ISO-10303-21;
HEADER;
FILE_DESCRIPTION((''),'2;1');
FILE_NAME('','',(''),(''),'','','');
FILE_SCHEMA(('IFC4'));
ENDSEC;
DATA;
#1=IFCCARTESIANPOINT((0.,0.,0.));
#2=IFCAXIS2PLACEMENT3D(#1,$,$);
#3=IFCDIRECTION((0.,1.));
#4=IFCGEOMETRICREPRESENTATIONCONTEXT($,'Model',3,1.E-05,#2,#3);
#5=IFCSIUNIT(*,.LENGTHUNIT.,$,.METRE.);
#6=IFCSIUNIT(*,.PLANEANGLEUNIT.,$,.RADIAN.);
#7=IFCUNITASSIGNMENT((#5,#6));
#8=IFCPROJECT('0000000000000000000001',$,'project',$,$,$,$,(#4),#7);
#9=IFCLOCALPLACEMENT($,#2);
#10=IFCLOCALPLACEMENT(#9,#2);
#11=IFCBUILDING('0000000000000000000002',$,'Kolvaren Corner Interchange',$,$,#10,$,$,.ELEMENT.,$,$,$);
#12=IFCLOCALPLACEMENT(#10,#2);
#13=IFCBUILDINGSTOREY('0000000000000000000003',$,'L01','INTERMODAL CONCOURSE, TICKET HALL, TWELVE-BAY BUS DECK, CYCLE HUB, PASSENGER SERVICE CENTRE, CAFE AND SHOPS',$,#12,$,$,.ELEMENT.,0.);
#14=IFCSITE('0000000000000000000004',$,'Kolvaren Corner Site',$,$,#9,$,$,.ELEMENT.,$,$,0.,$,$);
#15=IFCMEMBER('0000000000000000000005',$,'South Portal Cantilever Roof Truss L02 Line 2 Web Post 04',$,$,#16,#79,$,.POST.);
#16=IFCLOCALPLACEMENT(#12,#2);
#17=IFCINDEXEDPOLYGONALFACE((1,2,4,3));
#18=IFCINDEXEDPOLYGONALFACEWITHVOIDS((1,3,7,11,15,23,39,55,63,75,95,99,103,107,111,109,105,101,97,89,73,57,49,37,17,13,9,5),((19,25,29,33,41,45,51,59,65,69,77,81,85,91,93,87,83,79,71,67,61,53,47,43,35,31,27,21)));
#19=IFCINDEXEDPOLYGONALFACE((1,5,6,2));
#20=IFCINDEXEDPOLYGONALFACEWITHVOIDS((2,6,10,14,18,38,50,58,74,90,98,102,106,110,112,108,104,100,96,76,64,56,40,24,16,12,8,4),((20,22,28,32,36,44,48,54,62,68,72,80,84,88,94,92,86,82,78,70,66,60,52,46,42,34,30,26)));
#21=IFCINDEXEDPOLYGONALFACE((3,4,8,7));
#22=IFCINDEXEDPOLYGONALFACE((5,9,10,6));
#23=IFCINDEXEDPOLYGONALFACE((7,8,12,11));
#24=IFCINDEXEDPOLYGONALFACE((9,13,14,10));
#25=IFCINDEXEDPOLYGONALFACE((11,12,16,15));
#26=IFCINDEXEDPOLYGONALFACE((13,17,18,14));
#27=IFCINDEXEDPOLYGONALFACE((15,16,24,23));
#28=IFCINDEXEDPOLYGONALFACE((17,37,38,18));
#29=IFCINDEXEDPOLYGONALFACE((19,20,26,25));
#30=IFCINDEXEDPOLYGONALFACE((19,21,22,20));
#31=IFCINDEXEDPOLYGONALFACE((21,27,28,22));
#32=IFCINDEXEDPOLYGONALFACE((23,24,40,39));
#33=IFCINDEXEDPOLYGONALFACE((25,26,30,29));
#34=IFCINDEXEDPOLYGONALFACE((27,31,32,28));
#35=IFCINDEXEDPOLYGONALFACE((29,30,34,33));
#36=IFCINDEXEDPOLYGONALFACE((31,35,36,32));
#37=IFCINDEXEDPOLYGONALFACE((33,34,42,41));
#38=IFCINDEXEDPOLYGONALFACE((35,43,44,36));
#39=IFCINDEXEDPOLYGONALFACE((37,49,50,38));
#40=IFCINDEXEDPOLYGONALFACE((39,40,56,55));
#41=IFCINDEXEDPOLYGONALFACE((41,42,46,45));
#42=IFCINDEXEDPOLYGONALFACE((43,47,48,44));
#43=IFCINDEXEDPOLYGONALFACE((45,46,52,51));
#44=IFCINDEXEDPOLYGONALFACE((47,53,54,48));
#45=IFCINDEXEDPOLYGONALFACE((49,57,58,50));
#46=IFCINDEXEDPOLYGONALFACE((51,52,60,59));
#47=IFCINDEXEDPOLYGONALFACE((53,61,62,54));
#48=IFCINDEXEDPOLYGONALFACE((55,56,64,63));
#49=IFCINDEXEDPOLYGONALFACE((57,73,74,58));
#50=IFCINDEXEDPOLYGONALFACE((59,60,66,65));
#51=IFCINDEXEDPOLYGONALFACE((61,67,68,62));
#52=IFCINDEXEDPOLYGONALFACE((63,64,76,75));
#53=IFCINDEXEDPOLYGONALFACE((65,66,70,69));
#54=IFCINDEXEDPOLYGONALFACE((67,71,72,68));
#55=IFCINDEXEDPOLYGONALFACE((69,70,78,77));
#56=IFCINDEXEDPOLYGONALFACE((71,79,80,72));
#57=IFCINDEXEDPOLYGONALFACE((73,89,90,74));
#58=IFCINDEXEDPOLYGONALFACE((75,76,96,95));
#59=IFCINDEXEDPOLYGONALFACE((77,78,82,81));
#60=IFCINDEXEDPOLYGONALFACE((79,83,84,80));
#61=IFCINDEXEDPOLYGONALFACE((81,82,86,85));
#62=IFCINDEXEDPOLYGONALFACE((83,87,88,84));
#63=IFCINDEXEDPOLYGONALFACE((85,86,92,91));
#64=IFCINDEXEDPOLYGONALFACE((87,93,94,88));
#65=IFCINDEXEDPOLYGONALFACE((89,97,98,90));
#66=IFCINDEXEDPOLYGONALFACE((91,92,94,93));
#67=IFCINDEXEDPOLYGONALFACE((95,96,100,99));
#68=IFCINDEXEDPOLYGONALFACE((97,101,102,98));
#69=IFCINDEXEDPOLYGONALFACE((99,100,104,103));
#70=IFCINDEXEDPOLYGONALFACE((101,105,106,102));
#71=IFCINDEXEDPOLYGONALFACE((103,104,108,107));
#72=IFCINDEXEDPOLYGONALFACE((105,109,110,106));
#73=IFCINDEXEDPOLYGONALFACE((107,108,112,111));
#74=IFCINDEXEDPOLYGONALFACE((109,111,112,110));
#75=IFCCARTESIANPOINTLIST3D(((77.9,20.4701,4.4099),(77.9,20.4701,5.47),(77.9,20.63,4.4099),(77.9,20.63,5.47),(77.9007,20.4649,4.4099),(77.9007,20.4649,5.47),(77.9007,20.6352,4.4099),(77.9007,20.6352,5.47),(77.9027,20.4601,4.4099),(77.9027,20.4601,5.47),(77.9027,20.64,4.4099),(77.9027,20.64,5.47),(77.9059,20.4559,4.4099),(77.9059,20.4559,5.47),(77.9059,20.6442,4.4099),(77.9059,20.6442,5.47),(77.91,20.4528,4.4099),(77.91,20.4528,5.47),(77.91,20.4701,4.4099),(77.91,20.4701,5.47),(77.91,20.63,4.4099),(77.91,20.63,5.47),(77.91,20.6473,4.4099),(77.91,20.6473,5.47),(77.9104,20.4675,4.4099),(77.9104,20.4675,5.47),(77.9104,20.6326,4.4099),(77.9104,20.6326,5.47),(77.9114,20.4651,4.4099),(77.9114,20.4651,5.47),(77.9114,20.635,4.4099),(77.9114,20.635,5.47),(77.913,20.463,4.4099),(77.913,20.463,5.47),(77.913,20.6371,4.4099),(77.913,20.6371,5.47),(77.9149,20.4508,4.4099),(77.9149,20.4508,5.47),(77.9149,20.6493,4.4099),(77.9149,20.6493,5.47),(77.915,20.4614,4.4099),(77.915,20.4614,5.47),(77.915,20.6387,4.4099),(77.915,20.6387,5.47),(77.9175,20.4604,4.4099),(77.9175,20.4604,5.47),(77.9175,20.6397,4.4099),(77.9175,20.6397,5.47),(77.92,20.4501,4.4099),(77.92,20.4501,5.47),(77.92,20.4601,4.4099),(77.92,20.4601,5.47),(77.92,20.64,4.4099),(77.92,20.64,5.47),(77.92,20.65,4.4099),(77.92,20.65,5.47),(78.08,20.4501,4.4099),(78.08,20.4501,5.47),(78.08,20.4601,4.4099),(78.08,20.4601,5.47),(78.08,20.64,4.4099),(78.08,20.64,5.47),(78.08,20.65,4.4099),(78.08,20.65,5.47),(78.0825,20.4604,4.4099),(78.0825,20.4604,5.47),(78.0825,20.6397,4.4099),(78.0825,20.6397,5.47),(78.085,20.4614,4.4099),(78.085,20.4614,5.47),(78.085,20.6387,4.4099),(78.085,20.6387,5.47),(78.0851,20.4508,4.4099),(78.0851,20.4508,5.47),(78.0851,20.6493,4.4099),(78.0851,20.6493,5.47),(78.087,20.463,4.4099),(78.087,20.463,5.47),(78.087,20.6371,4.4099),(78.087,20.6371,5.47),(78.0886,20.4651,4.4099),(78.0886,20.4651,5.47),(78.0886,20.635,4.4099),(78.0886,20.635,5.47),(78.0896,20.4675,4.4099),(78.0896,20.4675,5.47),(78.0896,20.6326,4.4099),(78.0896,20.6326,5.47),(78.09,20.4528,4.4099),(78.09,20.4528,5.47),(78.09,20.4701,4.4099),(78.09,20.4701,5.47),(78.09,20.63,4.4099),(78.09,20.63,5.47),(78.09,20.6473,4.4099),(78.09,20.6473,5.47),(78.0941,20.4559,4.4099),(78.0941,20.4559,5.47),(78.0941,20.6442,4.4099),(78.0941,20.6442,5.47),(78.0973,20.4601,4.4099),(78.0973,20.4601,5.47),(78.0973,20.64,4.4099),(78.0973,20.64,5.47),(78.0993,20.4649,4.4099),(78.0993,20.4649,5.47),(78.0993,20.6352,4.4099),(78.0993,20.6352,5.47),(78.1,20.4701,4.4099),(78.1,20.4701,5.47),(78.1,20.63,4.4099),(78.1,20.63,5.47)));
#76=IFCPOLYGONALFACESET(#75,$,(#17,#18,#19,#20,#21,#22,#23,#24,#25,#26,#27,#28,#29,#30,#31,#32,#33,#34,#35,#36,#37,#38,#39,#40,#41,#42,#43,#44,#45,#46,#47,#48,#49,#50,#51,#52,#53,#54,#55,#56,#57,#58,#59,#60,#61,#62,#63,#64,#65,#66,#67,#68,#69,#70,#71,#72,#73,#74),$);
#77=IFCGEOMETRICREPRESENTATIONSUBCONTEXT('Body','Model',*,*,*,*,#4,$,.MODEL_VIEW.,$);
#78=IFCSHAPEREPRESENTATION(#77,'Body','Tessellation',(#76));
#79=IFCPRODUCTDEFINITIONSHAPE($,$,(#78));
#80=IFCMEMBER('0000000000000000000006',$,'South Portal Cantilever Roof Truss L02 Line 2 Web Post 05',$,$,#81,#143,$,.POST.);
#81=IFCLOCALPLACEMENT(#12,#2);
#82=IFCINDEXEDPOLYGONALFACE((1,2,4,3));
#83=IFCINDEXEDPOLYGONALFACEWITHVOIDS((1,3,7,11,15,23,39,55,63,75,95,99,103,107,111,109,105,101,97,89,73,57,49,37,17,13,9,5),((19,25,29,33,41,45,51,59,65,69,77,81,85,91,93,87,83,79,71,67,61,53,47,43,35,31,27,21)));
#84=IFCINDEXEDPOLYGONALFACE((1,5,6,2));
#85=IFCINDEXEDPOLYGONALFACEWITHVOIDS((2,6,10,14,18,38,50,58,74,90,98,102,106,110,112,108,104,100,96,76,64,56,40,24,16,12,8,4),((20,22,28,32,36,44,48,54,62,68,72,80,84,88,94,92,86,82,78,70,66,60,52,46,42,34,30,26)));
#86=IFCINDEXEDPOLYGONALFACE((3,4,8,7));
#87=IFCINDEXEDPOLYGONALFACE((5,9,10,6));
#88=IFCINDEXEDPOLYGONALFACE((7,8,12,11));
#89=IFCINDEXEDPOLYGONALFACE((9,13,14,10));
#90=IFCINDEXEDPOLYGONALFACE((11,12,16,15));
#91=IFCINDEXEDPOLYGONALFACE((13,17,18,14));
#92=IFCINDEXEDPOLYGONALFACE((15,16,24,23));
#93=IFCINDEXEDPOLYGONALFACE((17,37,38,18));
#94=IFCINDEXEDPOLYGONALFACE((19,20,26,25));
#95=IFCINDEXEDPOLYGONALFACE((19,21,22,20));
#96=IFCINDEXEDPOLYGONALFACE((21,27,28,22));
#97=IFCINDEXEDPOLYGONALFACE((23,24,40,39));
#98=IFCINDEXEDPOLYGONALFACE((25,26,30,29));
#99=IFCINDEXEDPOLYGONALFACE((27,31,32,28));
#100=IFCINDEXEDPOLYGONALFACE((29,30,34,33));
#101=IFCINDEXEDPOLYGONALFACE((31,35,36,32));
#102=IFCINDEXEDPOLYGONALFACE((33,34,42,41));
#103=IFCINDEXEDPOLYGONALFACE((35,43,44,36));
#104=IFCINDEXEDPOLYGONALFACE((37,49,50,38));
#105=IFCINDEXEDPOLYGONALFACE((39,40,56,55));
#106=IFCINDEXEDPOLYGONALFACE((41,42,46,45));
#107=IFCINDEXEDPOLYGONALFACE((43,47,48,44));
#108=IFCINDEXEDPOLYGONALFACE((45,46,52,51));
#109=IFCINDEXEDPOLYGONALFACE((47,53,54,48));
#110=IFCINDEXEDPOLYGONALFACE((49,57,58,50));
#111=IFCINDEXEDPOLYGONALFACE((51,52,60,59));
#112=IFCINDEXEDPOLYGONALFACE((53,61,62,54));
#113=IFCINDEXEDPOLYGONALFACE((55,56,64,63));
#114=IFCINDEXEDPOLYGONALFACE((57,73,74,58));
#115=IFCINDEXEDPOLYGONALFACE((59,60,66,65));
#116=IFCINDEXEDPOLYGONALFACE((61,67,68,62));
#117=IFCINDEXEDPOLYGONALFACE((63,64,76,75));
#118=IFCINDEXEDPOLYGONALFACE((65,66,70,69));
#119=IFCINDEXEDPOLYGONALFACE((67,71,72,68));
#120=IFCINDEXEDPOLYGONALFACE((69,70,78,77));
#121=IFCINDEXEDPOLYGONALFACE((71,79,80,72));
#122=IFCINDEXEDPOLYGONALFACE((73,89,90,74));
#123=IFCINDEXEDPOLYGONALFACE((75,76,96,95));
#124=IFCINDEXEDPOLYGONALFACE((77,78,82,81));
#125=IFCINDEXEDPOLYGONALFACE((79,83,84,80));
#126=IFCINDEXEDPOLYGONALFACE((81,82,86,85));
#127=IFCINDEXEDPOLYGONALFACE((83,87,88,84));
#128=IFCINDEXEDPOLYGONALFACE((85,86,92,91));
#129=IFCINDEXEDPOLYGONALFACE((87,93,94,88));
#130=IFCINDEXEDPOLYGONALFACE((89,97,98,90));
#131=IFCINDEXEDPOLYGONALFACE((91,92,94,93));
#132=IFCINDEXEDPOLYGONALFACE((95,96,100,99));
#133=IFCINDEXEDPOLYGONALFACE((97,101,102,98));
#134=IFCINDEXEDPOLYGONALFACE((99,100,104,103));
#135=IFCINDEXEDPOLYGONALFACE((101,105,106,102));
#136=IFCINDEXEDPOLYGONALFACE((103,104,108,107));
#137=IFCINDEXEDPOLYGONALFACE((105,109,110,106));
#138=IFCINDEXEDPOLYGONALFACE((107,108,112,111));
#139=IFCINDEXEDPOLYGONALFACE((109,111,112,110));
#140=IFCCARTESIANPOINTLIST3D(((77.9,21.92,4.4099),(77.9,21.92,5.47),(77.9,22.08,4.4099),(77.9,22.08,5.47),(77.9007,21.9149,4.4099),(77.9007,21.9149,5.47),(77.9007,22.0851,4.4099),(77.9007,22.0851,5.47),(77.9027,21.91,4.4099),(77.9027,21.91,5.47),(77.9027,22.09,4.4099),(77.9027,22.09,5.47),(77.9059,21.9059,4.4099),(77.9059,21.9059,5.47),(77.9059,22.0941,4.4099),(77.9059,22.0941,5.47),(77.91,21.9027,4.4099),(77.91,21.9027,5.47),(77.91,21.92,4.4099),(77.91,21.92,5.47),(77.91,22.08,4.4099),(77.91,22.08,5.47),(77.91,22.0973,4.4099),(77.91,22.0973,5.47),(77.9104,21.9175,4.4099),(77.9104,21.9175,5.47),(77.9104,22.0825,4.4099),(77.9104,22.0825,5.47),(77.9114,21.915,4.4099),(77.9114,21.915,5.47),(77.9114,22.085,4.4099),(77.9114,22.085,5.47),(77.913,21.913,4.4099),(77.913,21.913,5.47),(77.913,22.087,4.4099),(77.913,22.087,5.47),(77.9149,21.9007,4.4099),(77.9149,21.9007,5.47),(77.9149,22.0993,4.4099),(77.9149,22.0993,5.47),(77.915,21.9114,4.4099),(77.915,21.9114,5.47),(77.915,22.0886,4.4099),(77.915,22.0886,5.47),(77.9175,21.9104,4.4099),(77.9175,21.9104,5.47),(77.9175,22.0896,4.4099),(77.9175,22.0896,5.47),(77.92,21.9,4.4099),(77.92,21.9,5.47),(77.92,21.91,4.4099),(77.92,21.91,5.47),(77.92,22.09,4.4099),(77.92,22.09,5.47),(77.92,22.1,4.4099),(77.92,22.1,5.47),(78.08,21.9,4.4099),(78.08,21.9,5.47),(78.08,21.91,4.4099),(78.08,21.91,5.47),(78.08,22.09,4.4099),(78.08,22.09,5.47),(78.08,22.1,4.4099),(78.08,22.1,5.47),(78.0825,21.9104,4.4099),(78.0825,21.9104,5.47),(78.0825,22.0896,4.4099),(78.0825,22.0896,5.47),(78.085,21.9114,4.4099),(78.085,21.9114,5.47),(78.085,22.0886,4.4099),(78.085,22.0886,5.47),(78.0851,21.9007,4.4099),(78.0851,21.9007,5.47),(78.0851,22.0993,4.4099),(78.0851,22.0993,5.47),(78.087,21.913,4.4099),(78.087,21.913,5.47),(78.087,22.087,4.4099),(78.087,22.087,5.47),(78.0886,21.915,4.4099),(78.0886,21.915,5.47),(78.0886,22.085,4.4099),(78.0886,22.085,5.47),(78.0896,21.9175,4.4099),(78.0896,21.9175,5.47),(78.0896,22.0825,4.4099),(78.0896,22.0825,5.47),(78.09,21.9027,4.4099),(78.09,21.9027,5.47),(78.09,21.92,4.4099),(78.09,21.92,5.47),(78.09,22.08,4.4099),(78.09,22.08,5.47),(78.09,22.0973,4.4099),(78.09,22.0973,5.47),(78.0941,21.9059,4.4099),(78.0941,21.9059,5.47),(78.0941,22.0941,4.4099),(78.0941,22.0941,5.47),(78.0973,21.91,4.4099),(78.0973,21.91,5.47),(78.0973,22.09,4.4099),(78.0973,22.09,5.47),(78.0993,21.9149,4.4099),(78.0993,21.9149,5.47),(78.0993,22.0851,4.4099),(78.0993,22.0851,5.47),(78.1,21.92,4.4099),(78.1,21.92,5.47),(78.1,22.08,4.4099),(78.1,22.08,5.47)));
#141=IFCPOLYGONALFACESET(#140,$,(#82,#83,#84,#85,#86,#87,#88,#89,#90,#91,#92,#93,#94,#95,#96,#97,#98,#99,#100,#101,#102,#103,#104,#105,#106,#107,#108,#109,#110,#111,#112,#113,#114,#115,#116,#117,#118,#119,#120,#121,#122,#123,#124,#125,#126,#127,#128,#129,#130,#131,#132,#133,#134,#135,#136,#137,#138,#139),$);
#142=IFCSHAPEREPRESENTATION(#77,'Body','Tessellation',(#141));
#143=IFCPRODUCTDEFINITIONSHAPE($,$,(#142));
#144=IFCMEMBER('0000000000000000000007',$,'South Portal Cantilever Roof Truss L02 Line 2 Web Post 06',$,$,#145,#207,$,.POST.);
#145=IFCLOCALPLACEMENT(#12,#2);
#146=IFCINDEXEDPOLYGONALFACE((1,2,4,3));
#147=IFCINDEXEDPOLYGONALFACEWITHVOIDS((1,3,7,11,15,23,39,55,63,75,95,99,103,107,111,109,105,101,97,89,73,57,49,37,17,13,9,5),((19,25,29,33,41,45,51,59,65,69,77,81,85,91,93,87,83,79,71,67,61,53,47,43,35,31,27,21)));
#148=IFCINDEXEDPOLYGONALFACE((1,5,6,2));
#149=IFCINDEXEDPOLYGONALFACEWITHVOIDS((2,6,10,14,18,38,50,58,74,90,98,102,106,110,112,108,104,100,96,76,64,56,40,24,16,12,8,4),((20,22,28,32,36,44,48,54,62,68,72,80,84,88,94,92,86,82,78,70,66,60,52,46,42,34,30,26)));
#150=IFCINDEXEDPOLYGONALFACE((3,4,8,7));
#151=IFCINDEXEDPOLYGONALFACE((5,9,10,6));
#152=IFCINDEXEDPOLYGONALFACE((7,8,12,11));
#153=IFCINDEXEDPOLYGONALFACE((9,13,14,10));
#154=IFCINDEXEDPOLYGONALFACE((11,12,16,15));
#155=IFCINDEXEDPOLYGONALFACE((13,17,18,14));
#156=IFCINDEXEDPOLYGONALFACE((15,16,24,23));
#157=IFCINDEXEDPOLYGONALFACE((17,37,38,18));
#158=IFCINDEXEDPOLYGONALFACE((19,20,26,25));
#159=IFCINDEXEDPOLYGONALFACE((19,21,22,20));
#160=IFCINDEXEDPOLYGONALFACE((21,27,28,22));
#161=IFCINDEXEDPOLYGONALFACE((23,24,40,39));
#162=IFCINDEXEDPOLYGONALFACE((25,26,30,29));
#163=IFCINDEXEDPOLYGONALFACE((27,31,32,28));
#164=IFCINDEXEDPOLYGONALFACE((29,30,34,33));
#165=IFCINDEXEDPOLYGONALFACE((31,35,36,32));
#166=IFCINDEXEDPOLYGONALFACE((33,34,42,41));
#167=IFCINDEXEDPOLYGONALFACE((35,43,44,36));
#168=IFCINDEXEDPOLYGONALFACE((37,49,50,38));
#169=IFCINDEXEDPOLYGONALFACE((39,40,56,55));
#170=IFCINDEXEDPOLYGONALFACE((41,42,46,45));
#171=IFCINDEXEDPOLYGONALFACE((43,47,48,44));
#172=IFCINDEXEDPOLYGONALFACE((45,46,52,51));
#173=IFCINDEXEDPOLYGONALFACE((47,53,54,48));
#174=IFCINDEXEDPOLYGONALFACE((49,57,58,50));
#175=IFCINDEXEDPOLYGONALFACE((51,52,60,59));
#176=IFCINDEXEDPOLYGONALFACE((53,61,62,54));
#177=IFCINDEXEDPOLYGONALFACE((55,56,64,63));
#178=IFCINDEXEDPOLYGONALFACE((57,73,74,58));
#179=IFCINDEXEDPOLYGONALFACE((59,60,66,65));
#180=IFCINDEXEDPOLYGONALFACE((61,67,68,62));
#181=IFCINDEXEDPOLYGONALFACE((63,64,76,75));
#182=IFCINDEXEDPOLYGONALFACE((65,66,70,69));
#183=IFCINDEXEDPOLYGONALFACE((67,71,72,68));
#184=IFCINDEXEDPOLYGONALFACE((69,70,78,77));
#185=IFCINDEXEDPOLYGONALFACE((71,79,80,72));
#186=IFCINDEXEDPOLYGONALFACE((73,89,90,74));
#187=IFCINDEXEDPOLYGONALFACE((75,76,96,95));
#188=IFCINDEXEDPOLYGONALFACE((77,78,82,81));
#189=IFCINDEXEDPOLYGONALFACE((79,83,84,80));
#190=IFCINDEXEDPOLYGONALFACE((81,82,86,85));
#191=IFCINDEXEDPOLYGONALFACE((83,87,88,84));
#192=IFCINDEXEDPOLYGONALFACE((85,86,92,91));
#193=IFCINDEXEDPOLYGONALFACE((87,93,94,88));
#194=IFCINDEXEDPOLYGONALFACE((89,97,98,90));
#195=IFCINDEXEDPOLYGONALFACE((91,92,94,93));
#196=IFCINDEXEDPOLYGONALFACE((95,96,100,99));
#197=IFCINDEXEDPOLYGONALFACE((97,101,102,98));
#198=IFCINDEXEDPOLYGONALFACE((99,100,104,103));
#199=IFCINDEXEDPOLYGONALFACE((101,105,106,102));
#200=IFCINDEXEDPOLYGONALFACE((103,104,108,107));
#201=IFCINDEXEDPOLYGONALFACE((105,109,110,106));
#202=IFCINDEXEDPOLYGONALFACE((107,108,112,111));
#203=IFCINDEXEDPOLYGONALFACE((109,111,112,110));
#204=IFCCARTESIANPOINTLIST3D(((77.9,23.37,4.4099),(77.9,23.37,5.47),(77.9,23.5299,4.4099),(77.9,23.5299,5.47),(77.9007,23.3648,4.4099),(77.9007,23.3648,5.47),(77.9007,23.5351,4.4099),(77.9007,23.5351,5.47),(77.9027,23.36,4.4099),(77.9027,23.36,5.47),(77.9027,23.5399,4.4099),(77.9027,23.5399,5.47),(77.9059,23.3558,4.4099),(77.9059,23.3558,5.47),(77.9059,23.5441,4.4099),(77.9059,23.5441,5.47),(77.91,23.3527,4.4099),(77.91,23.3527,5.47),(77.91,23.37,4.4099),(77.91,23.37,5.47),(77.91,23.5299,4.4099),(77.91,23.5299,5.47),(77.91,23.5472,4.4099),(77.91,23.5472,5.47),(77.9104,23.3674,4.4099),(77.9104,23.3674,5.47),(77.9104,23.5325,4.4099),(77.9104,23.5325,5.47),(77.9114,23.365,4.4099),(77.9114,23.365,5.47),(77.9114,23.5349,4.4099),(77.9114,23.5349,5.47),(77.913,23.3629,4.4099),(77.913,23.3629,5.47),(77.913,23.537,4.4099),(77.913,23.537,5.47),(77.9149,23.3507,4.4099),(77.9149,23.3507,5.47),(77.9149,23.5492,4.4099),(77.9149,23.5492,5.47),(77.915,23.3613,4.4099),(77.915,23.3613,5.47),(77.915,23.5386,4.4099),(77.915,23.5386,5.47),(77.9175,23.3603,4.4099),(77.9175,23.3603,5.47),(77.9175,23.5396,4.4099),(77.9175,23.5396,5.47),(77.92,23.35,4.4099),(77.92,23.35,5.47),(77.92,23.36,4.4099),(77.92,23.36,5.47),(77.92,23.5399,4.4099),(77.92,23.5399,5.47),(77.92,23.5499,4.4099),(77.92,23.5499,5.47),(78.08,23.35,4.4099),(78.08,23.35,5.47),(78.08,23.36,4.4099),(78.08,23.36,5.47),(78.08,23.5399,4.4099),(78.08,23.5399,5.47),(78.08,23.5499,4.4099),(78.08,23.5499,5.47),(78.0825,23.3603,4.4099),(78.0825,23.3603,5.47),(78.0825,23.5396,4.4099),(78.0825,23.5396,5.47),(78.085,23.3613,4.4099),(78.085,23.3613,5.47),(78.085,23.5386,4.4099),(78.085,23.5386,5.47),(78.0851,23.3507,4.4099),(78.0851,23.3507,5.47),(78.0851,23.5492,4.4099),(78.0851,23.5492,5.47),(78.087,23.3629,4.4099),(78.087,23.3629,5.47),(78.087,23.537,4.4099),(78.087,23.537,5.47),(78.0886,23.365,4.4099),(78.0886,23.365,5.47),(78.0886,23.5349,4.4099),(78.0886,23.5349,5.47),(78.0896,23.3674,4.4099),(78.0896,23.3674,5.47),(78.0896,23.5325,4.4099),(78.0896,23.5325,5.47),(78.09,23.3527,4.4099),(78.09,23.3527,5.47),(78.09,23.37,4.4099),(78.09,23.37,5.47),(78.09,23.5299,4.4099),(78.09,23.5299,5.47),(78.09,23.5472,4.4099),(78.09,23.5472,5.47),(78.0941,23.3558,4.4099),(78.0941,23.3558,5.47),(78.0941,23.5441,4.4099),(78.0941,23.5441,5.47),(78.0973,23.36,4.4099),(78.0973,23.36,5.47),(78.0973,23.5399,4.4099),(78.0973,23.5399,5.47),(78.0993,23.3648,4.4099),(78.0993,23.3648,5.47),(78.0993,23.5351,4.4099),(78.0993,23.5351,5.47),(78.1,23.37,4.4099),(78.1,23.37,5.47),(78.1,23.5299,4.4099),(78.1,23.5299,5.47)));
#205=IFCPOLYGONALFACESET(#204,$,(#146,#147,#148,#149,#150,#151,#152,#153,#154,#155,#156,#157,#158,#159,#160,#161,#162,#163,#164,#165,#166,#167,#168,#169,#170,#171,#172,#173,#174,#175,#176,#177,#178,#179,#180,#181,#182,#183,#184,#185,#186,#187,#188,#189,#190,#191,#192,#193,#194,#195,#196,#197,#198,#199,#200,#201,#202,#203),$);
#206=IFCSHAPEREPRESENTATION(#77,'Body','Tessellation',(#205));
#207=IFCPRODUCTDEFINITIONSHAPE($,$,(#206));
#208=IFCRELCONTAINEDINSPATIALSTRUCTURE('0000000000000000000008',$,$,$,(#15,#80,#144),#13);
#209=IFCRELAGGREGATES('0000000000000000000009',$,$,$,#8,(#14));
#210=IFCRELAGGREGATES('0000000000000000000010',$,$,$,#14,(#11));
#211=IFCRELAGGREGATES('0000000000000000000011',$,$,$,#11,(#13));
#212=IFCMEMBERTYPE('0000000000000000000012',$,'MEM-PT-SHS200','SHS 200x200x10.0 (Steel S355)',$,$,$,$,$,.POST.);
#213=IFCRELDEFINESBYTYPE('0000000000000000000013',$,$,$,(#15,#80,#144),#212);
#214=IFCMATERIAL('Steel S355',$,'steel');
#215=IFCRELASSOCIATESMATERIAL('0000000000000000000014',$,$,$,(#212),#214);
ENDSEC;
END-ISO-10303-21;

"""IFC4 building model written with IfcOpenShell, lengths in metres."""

from ifc_helpers import new_model, si_unit, direction, frame, origin, origin_2d, place, context, subcontext, project, spatial, hollow_rectangle, extrude, material, material_profile, profile_set, type_object, element, save


model = new_model("IFC4")

# Units and contexts
model_context = context("Model", 3, precision=1e-05, world=origin(), true_north=direction((0.0, 1.0)))
body_context = subcontext(model_context, "Body", "Model", "MODEL_VIEW")
ifc_project = project(units=[si_unit("LENGTHUNIT", "METRE"), si_unit("PLANEANGLEUNIT", "RADIAN")], contexts=[model_context])

# Site, building, storey
site_placement = place(None, origin())
site = spatial("IfcSite", under=ifc_project, at=site_placement, Name="Kolvaren Corner Site", CompositionType="ELEMENT", RefElevation=0.0)
building_placement = place(site_placement, origin())
building = spatial("IfcBuilding", under=site, at=building_placement, Name="Kolvaren Corner Interchange", CompositionType="ELEMENT")
storey_placement = place(building_placement, origin())
storey = spatial("IfcBuildingStorey", under=building, at=storey_placement, Name="L01", Description="INTERMODAL CONCOURSE, TICKET HALL, TWELVE-BAY BUS DECK, CYCLE HUB, PASSENGER SERVICE CENTRE, CAFE AND SHOPS", CompositionType="ELEMENT", Elevation=0.0)

# Members
ifc_material_1 = material(Name="Steel S355", Category="steel")
ifc_material_profile_1 = material_profile(ifc_material_1, hollow_rectangle(XDim=0.2, YDim=0.2, WallThickness=0.01, InnerFilletRadius=0.01, OuterFilletRadius=0.02, at=origin_2d()), Name="SHS 200x200x10.0")
ifc_profile_set_1 = profile_set([ifc_material_profile_1], Name="Steel S355")
member_type_1 = type_object("IfcMemberType", Name="MEM-PT-SHS200", Description="SHS 200x200x10.0 (Steel S355)", PredefinedType="POST", material=ifc_profile_set_1)
for number, where, z_axis, x_axis, name in (
    (1, (78.0, 20.55, 4.4099), (0.0, 0.0, 1.0), (1.0, 0.0, 0.0), "South Portal Cantilever Roof Truss L02 Line 2 Web Post 04"),
    (2, (78.0, 22.0, 4.4099), (0.0, 0.0, 1.0), (1.0, 0.0, 0.0), "South Portal Cantilever Roof Truss L02 Line 2 Web Post 05"),
    (3, (78.0, 23.45, 4.4099), (0.0, 0.0, 1.0), (1.0, 0.0, 0.0), "South Portal Cantilever Roof Truss L02 Line 2 Web Post 06"),
):
    element("IfcMember", number, at=place(storey_placement, frame(where, z_axis=z_axis, x_axis=x_axis)), inside=storey, type_object=member_type_1, Name=name, PredefinedType="POST", context=body_context, shape_type="SweptSolid", body=[
        extrude(hollow_rectangle(XDim=0.2, YDim=0.2, WallThickness=0.01, InnerFilletRadius=0.01, OuterFilletRadius=0.02, at=origin_2d()), origin(), (0.0, 0.0, 1.0), 1.0601),
    ])

save(model, "model.ifc")
